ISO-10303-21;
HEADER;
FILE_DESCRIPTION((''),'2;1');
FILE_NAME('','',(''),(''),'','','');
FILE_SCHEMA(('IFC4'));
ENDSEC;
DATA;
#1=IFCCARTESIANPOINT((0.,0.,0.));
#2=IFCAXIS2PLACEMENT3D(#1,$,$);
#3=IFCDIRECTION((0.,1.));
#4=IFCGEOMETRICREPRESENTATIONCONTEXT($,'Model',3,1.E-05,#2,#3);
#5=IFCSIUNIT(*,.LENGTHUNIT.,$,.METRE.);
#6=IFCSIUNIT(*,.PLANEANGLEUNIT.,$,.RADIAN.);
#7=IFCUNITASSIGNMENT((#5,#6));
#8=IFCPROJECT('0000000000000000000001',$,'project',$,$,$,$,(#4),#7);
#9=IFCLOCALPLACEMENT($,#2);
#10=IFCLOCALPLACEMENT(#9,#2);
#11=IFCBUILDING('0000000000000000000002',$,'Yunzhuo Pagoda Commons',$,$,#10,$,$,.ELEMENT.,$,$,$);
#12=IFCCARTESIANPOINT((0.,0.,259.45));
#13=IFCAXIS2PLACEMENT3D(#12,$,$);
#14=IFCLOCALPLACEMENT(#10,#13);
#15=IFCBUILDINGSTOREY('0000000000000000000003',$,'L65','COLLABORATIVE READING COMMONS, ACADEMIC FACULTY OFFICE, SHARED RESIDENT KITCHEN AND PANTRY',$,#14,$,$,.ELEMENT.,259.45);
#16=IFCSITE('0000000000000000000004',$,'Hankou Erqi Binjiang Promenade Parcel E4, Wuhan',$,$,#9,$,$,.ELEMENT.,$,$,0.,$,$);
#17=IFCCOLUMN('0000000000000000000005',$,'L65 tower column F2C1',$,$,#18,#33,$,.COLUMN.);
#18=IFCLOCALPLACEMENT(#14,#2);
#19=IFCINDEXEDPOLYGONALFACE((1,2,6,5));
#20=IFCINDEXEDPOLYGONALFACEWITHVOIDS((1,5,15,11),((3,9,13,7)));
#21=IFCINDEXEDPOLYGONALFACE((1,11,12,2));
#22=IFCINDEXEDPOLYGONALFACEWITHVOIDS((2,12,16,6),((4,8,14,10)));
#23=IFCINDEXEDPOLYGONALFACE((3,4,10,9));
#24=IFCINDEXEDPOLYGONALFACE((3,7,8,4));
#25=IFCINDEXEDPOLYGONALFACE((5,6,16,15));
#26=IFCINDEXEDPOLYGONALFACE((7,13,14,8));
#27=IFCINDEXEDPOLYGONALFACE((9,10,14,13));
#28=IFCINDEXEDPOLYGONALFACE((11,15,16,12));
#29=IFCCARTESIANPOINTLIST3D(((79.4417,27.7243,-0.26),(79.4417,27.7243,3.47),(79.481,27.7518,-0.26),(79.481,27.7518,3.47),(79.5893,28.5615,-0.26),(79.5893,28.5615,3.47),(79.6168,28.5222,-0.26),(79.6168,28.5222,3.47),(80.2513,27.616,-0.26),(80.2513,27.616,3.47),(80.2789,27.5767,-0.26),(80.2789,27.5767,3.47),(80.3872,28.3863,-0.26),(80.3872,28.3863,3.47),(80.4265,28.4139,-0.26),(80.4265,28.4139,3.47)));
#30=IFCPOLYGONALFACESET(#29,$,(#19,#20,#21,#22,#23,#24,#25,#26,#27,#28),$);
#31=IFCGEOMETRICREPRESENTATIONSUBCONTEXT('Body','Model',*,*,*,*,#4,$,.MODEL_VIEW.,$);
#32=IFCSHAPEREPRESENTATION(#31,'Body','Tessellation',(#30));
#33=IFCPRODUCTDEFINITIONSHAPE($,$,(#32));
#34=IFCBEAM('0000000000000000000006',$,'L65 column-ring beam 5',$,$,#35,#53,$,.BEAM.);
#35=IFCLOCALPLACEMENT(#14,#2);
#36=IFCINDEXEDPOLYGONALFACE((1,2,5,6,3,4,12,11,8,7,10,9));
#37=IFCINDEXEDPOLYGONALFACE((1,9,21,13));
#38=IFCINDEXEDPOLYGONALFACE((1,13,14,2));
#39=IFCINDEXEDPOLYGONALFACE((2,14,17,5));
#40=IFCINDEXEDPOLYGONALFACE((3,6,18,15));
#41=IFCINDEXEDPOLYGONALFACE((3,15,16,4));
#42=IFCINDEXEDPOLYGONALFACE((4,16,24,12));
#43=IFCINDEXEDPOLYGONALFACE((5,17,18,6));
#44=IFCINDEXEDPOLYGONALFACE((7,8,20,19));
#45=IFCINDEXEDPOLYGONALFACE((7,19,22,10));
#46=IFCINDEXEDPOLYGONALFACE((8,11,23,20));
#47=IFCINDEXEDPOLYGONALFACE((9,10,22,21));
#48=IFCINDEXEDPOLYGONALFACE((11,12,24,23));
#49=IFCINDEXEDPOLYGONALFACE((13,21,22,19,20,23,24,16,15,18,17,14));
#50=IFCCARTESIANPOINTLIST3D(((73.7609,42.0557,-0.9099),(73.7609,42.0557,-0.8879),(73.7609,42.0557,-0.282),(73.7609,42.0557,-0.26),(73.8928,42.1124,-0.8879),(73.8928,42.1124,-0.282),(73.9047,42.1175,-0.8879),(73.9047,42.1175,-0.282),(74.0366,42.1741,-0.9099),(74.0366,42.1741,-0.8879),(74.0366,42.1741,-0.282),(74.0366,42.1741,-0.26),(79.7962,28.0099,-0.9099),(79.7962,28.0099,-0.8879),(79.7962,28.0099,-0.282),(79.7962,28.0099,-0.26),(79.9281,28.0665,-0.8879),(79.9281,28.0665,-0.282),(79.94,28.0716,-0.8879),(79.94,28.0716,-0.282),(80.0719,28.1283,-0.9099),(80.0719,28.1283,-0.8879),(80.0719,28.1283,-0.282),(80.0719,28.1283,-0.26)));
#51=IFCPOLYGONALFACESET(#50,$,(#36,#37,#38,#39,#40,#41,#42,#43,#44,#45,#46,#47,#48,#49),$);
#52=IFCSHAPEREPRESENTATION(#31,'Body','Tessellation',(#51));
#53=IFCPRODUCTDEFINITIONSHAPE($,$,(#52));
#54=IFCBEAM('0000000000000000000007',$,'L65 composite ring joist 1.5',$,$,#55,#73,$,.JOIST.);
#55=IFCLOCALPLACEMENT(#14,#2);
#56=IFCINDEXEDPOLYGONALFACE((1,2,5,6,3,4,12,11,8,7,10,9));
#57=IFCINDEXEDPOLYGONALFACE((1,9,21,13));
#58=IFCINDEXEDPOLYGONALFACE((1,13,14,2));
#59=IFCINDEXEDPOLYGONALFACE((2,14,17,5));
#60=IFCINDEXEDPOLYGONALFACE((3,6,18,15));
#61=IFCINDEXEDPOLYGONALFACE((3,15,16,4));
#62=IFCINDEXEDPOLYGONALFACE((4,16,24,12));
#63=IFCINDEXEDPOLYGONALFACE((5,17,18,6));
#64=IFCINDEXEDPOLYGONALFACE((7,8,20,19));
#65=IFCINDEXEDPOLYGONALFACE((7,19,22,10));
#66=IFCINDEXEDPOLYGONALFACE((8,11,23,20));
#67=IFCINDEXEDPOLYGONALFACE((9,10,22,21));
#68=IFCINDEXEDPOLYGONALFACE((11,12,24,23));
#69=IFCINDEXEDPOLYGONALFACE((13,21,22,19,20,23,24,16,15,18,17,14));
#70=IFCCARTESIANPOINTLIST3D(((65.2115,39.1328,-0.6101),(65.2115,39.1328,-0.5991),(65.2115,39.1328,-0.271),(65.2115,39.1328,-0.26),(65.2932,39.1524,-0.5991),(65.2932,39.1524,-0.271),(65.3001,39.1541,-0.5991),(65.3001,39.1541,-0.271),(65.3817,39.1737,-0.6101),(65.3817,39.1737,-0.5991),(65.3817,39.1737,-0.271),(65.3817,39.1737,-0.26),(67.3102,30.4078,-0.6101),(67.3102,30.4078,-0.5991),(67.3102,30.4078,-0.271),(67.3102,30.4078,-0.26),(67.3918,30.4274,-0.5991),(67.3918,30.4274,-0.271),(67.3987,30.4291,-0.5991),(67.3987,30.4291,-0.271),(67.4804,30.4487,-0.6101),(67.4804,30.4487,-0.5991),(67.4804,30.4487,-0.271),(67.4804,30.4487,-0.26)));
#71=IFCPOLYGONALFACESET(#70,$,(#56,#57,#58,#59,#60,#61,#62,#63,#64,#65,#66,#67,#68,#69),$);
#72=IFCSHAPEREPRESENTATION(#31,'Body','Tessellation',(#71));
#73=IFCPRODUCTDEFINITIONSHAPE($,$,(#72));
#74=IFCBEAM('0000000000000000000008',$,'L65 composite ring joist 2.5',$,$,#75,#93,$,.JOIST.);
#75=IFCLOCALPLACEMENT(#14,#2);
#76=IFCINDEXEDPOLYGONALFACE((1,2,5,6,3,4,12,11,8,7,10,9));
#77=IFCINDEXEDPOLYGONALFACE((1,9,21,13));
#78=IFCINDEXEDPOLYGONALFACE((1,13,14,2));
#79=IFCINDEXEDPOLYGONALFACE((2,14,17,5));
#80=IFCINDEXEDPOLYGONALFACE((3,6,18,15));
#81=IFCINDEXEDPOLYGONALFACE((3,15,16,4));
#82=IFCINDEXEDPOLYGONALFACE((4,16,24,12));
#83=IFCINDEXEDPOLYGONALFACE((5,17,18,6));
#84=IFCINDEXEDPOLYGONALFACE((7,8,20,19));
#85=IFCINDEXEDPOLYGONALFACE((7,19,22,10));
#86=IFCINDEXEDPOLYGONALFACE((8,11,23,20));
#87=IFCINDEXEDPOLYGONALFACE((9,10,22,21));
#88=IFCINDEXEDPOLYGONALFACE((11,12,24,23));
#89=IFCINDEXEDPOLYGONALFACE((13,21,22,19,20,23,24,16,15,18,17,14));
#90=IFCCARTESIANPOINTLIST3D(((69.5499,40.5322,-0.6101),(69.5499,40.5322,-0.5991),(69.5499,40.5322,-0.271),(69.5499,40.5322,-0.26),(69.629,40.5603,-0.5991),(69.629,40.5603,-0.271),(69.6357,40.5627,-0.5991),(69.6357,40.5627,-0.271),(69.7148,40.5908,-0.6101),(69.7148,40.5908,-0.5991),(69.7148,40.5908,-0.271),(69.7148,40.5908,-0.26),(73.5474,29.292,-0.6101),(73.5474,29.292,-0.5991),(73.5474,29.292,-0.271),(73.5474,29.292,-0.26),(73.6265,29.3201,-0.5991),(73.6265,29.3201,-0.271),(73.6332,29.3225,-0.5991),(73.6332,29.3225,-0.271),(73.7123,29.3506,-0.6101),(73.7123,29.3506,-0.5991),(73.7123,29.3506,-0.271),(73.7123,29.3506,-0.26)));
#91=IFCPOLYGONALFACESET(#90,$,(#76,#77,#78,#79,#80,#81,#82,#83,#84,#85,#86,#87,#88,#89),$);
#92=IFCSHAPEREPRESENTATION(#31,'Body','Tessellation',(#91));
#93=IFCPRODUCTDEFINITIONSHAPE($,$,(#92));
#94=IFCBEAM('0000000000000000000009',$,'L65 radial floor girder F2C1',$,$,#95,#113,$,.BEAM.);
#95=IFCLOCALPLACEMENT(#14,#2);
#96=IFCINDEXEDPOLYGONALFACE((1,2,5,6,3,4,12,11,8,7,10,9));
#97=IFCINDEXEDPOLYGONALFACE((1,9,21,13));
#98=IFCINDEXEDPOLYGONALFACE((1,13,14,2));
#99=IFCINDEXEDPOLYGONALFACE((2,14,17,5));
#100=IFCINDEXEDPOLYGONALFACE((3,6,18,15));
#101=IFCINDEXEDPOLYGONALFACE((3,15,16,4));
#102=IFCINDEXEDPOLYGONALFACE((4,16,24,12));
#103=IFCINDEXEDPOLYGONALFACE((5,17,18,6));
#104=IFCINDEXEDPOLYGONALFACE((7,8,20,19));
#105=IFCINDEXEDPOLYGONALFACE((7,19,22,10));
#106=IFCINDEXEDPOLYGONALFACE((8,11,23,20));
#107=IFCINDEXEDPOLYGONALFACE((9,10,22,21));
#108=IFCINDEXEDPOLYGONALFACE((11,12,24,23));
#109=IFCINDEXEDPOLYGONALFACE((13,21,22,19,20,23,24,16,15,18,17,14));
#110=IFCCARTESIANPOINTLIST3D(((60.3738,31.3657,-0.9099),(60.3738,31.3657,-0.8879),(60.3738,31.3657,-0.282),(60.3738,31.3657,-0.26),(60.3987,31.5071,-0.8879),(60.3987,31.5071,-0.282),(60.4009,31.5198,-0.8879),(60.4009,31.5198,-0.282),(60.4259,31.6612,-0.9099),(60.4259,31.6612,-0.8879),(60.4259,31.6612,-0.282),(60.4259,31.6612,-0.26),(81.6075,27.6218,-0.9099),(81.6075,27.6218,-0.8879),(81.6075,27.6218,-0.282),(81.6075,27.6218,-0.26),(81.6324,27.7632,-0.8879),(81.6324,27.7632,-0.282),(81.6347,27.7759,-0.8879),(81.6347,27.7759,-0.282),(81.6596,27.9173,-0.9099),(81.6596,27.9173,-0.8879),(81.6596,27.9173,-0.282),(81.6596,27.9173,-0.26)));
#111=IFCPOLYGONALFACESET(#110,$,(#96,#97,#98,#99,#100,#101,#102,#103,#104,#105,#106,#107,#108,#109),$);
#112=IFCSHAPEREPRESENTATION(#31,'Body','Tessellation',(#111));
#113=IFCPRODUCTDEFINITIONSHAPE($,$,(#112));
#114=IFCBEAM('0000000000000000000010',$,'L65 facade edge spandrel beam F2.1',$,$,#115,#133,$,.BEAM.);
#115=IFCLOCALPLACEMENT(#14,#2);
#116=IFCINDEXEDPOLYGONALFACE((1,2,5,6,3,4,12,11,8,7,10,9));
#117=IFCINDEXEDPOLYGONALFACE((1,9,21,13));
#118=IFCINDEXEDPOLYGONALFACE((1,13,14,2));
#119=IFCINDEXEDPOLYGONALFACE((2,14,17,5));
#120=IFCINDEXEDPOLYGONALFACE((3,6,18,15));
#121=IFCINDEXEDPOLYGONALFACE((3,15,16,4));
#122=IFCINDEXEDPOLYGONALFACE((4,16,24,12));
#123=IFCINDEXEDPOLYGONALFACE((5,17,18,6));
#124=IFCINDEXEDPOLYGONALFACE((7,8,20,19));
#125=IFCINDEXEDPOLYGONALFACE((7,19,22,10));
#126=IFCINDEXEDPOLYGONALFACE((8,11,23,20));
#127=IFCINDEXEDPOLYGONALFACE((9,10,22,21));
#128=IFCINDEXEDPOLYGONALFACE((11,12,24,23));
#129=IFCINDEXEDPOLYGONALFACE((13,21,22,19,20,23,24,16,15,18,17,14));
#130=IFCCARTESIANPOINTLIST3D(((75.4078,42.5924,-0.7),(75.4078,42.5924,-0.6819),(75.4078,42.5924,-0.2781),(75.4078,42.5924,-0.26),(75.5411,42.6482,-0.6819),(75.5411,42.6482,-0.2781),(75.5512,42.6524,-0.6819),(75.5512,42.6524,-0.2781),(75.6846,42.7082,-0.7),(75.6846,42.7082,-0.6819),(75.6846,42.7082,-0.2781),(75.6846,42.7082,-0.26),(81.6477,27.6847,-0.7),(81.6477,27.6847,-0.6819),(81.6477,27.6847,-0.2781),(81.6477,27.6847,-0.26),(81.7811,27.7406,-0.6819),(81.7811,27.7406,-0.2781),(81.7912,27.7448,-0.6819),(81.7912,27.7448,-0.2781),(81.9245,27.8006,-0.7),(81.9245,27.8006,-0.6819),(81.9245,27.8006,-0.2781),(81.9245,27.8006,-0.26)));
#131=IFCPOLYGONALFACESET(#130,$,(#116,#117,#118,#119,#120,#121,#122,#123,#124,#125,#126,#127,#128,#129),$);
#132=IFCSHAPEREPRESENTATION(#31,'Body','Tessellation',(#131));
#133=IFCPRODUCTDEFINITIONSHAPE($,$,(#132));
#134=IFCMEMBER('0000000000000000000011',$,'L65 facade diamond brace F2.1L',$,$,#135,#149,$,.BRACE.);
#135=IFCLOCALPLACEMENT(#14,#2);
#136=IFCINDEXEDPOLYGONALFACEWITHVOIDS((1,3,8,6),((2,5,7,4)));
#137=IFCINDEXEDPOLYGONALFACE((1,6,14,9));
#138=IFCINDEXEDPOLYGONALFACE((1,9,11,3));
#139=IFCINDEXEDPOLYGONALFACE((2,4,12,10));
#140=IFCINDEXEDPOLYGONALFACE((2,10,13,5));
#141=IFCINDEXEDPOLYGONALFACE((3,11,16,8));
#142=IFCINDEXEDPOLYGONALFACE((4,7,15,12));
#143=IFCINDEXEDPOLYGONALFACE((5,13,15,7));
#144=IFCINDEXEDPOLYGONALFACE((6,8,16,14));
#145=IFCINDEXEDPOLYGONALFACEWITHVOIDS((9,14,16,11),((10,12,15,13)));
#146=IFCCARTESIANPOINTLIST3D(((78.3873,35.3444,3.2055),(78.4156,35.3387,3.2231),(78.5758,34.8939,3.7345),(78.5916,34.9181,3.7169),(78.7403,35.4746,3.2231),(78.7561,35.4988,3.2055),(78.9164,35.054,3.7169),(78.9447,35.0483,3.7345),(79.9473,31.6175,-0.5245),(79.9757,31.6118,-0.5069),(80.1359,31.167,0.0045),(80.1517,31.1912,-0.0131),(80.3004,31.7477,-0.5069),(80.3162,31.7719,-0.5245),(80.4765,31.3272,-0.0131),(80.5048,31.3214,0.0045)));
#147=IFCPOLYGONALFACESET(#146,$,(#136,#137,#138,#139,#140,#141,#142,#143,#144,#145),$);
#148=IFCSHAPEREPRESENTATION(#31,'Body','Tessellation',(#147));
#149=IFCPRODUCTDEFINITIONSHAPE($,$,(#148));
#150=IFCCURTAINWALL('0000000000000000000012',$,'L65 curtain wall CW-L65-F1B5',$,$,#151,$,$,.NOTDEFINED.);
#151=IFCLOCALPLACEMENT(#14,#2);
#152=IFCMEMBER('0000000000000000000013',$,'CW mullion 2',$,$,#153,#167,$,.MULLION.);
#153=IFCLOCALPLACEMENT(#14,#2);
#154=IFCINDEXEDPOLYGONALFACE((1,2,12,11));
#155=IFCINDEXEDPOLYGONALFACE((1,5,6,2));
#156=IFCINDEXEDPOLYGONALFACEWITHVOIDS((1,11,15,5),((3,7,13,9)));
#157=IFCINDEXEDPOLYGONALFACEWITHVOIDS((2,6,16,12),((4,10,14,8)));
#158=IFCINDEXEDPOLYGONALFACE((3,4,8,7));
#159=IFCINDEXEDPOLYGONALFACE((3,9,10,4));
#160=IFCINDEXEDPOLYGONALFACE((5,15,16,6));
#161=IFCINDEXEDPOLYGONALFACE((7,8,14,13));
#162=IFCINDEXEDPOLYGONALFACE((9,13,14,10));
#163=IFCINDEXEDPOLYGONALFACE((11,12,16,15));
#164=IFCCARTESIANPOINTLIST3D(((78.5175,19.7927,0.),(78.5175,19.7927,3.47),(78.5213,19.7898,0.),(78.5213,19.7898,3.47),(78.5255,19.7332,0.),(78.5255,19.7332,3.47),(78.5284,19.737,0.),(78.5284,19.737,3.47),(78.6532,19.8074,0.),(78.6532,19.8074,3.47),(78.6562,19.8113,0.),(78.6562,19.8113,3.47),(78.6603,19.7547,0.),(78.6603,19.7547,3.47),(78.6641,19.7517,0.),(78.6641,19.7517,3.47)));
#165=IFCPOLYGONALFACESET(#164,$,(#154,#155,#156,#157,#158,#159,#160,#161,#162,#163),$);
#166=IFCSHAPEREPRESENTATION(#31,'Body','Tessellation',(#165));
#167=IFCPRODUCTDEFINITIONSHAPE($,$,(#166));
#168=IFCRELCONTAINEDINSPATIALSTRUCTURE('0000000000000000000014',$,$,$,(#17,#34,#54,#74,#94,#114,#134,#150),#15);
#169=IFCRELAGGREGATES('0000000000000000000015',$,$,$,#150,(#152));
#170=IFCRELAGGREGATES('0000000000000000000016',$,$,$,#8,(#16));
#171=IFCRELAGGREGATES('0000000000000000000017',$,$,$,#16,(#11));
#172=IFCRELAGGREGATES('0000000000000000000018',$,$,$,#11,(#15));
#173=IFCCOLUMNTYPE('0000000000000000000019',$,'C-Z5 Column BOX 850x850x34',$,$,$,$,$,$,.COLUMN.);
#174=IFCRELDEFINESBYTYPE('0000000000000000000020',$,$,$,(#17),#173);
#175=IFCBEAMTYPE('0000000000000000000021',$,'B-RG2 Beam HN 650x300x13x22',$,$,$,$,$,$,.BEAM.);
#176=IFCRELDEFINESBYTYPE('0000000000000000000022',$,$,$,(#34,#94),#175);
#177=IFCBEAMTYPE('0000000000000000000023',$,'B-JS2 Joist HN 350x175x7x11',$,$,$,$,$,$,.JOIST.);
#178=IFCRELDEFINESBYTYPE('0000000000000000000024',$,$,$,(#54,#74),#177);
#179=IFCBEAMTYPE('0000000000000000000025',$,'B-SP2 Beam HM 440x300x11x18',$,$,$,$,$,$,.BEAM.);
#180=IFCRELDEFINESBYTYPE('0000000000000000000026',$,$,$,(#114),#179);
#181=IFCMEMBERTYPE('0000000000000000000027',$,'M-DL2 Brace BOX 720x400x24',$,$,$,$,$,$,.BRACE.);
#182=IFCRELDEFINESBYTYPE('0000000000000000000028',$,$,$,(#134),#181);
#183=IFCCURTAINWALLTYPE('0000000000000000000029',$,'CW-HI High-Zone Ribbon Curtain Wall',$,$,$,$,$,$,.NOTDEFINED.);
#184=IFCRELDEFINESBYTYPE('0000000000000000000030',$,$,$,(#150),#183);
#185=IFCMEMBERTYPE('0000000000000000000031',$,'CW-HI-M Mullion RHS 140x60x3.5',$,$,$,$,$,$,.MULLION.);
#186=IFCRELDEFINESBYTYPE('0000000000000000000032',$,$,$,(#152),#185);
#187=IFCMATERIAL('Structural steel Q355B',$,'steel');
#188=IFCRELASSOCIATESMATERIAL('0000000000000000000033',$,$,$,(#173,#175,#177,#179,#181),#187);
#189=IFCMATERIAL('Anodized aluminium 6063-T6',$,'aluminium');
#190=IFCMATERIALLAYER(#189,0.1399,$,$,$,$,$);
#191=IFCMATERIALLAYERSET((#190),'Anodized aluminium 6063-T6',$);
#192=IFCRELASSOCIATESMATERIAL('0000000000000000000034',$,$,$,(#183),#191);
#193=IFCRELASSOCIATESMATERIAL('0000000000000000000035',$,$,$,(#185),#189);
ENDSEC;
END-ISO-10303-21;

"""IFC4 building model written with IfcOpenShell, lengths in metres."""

from ifc_helpers import new_model, si_unit, direction, frame, origin, origin_2d, place, context, subcontext, project, spatial, hollow_rectangle, i_section, extrude, source, transform, mapped, material, layer, layer_set, material_profile, profile_set, type_object, element, aggregate, save


model = new_model("IFC4")

# Units and contexts
model_context = context("Model", 3, precision=1e-05, world=origin(), true_north=direction((0.0, 1.0)))
body_context = subcontext(model_context, "Body", "Model", "MODEL_VIEW")
ifc_project = project(units=[si_unit("LENGTHUNIT", "METRE"), si_unit("PLANEANGLEUNIT", "RADIAN")], contexts=[model_context])

# Site, building, storey
site_placement = place(None, origin())
site = spatial("IfcSite", under=ifc_project, at=site_placement, Name="Hankou Erqi Binjiang Promenade Parcel E4, Wuhan", CompositionType="ELEMENT", RefElevation=0.0)
building_placement = place(site_placement, origin())
building = spatial("IfcBuilding", under=site, at=building_placement, Name="Yunzhuo Pagoda Commons", CompositionType="ELEMENT")
storey_placement = place(building_placement, frame((0.0, 0.0, 259.45)))
storey = spatial("IfcBuildingStorey", under=building, at=storey_placement, Name="L65", Description="COLLABORATIVE READING COMMONS, ACADEMIC FACULTY OFFICE, SHARED RESIDENT KITCHEN AND PANTRY", CompositionType="ELEMENT", Elevation=259.45)

# Column
ifc_material_1 = material(Name="Structural steel Q355B", Category="steel")
ifc_material_profile_1 = material_profile(ifc_material_1, hollow_rectangle(XDim=0.8501, YDim=0.8501, WallThickness=0.0339, at=origin_2d()), Name="Structural steel Q355B")
ifc_profile_set_1 = profile_set([ifc_material_profile_1], Name="Structural steel Q355B")
column_type = type_object("IfcColumnType", Name="C-Z5 Column BOX 850x850x34", PredefinedType="COLUMN", material=ifc_profile_set_1)
shared_shape_1 = source(origin(), body_context, "Body", "SweptSolid", [
    extrude(hollow_rectangle(XDim=0.8501, YDim=0.8501, WallThickness=0.0339, at=origin_2d()), origin(), (0.0, 0.0, 1.0), 3.73),
])
column_placement = place(storey_placement, frame((79.9341, 28.0691, -0.26), z_axis=(0.0, 0.0, 1.0), x_axis=(0.173648, 0.984808, 0.0)))
element("IfcColumn", 1, at=column_placement, inside=storey, type_object=column_type, Name="L65 tower column F2C1", PredefinedType="COLUMN", context=body_context, shape_type="MappedRepresentation", body=[
    mapped(shared_shape_1, transform((0.0, 0.0, 0.0), scale=1.0)),
])

# Beams
ifc_material_profile_2 = material_profile(ifc_material_1, i_section(OverallWidth=0.3, OverallDepth=0.6499, WebThickness=0.0129, FlangeThickness=0.022, at=origin_2d()), Name="Structural steel Q355B")
ifc_profile_set_2 = profile_set([ifc_material_profile_2], Name="Structural steel Q355B")
beam_type_1 = type_object("IfcBeamType", Name="B-RG2 Beam HN 650x300x13x22", PredefinedType="BEAM", material=ifc_profile_set_2)
shared_shape_2 = source(origin(), body_context, "Body", "SweptSolid", [
    extrude(i_section(OverallWidth=0.3, OverallDepth=0.6499, WebThickness=0.0129, FlangeThickness=0.022, at=origin_2d()), origin(), (0.0, 0.0, 1.0), 15.2876),
])
beam_1_placement = place(storey_placement, frame((79.9341, 28.0691, -0.585), z_axis=(-0.394788, 0.918772, 0.0), x_axis=(-0.918772, -0.394788, 0.0)))
element("IfcBeam", 2, at=beam_1_placement, inside=storey, type_object=beam_type_1, Name="L65 column-ring beam 5", PredefinedType="BEAM", context=body_context, shape_type="MappedRepresentation", body=[
    mapped(shared_shape_2, transform((0.0, 0.0, 0.0), scale=1.0)),
])
ifc_material_profile_3 = material_profile(ifc_material_1, i_section(OverallWidth=0.175, OverallDepth=0.3501, WebThickness=0.0071, FlangeThickness=0.011, at=origin_2d()), Name="Structural steel Q355B")
ifc_profile_set_3 = profile_set([ifc_material_profile_3], Name="Structural steel Q355B")
beam_type_2 = type_object("IfcBeamType", Name="B-JS2 Joist HN 350x175x7x11", PredefinedType="JOIST", material=ifc_profile_set_3)
shared_shape_3 = source(origin(), body_context, "Body", "SweptSolid", [
    extrude(i_section(OverallWidth=0.175, OverallDepth=0.3501, WebThickness=0.0071, FlangeThickness=0.011, at=origin_2d()), origin(), (0.0, 0.0, 1.0), 8.9739),
])
beam_2_placement = place(storey_placement, frame((67.3953, 30.4282, -0.4351), z_axis=(-0.233859, 0.972271, 0.0), x_axis=(-0.972271, -0.233859, 0.0)))
element("IfcBeam", 3, at=beam_2_placement, inside=storey, type_object=beam_type_2, Name="L65 composite ring joist 1.5", PredefinedType="JOIST", context=body_context, shape_type="MappedRepresentation", body=[
    mapped(shared_shape_3, transform((0.0, 0.0, 0.0), scale=1.0)),
])
shared_shape_4 = source(origin(), body_context, "Body", "SweptSolid", [
    extrude(i_section(OverallWidth=0.175, OverallDepth=0.3501, WebThickness=0.0071, FlangeThickness=0.011, at=origin_2d()), origin(), (0.0, 0.0, 1.0), 11.9299),
])
beam_3_placement = place(storey_placement, frame((73.6299, 29.3213, -0.4351), z_axis=(-0.335086, 0.942187, 0.0), x_axis=(-0.942187, -0.335086, 0.0)))
element("IfcBeam", 4, at=beam_3_placement, inside=storey, type_object=beam_type_2, Name="L65 composite ring joist 2.5", PredefinedType="JOIST", context=body_context, shape_type="MappedRepresentation", body=[
    mapped(shared_shape_4, transform((0.0, 0.0, 0.0), scale=1.0)),
])
shared_shape_5 = source(origin(), body_context, "Body", "SweptSolid", [
    extrude(i_section(OverallWidth=0.3, OverallDepth=0.6499, WebThickness=0.0129, FlangeThickness=0.022, at=origin_2d()), origin(), (0.0, 0.0, 1.0), 21.5613),
])
beam_4_placement = place(storey_placement, frame((81.6335, 27.7695, -0.585), z_axis=(-0.984809, 0.173641, 0.0), x_axis=(-0.173641, -0.984809, 0.0)))
element("IfcBeam", 5, at=beam_4_placement, inside=storey, type_object=beam_type_1, Name="L65 radial floor girder F2C1", PredefinedType="BEAM", context=body_context, shape_type="MappedRepresentation", body=[
    mapped(shared_shape_5, transform((0.0, 0.0, 0.0), scale=1.0)),
])
ifc_material_profile_4 = material_profile(ifc_material_1, i_section(OverallWidth=0.3, OverallDepth=0.4399, WebThickness=0.011, FlangeThickness=0.0181, at=origin_2d()), Name="Structural steel Q355B")
ifc_profile_set_4 = profile_set([ifc_material_profile_4], Name="Structural steel Q355B")
beam_type_3 = type_object("IfcBeamType", Name="B-SP2 Beam HM 440x300x11x18", PredefinedType="BEAM", material=ifc_profile_set_4)
shared_shape_6 = source(origin(), body_context, "Body", "SweptSolid", [
    extrude(i_section(OverallWidth=0.3, OverallDepth=0.4399, WebThickness=0.011, FlangeThickness=0.0181, at=origin_2d()), origin(), (0.0, 0.0, 1.0), 16.1609),
])
beam_5_placement = place(storey_placement, frame((81.7861, 27.7427, -0.48), z_axis=(-0.386114, 0.922451, 0.0), x_axis=(-0.922451, -0.386114, 0.0)))
element("IfcBeam", 6, at=beam_5_placement, inside=storey, type_object=beam_type_3, Name="L65 facade edge spandrel beam F2.1", PredefinedType="BEAM", context=body_context, shape_type="MappedRepresentation", body=[
    mapped(shared_shape_6, transform((0.0, 0.0, 0.0), scale=1.0)),
])

# Member
ifc_material_profile_5 = material_profile(ifc_material_1, hollow_rectangle(XDim=0.3999, YDim=0.72, WallThickness=0.0239, at=origin_2d()), Name="Structural steel Q355B")
ifc_profile_set_5 = profile_set([ifc_material_profile_5], Name="Structural steel Q355B")
member_type_1 = type_object("IfcMemberType", Name="M-DL2 Brace BOX 720x400x24", PredefinedType="BRACE", material=ifc_profile_set_5)
shared_shape_7 = source(origin(), body_context, "Body", "SweptSolid", [
    extrude(hollow_rectangle(XDim=0.3999, YDim=0.72, WallThickness=0.0239, at=origin_2d()), origin(), (0.0, 0.0, 1.0), 5.4988),
])
member_1_placement = place(storey_placement, frame((80.2261, 31.4695, -0.26), z_axis=(-0.283714, 0.677762, 0.678339), x_axis=(-0.922441, -0.386138, 0.0)))
element("IfcMember", 7, at=member_1_placement, inside=storey, type_object=member_type_1, Name="L65 facade diamond brace F2.1L", PredefinedType="BRACE", context=body_context, shape_type="MappedRepresentation", body=[
    mapped(shared_shape_7, transform((0.0, 0.0, 0.0), scale=1.0)),
])

# Curtain wall, member
ifc_material_2 = material(Name="Anodized aluminium 6063-T6", Category="aluminium")
ifc_layer_1 = layer(ifc_material_2, 0.1399)
ifc_layer_set_1 = layer_set([ifc_layer_1], Name="Anodized aluminium 6063-T6")
curtain_wall_type = type_object("IfcCurtainWallType", Name="CW-HI High-Zone Ribbon Curtain Wall", PredefinedType="NOTDEFINED", material=ifc_layer_set_1)
curtain_wall_1_placement = place(storey_placement, origin())
curtain_wall_1 = element("IfcCurtainWall", 8, at=curtain_wall_1_placement, inside=storey, type_object=curtain_wall_type, Name="L65 curtain wall CW-L65-F1B5", PredefinedType="NOTDEFINED")
ifc_material_profile_6 = material_profile(ifc_material_2, hollow_rectangle(XDim=0.0601, YDim=0.1399, WallThickness=0.0034, at=origin_2d()), Name="Anodized aluminium 6063-T6")
ifc_profile_set_6 = profile_set([ifc_material_profile_6], Name="Anodized aluminium 6063-T6")
member_type_2 = type_object("IfcMemberType", Name="CW-HI-M Mullion RHS 140x60x3.5", PredefinedType="MULLION", material=ifc_profile_set_6)
shared_shape_8 = source(origin(), body_context, "Body", "SweptSolid", [
    extrude(hollow_rectangle(XDim=0.0601, YDim=0.1399, WallThickness=0.0034, at=origin_2d()), origin(), (0.0, 0.0, 1.0), 3.47),
])
member_2_placement = place(storey_placement, frame((78.5908, 19.7722, 0.0), z_axis=(0.0, 0.0, 1.0), x_axis=(-0.132664, 0.991161, 0.0)))
member_2 = element("IfcMember", 9, at=member_2_placement, type_object=member_type_2, Name="CW mullion 2", PredefinedType="MULLION", context=body_context, shape_type="MappedRepresentation", body=[
    mapped(shared_shape_8, transform((0.0, 0.0, 0.0), scale=1.0)),
])

aggregate(curtain_wall_1, [member_2])

save(model, "model.ifc")
